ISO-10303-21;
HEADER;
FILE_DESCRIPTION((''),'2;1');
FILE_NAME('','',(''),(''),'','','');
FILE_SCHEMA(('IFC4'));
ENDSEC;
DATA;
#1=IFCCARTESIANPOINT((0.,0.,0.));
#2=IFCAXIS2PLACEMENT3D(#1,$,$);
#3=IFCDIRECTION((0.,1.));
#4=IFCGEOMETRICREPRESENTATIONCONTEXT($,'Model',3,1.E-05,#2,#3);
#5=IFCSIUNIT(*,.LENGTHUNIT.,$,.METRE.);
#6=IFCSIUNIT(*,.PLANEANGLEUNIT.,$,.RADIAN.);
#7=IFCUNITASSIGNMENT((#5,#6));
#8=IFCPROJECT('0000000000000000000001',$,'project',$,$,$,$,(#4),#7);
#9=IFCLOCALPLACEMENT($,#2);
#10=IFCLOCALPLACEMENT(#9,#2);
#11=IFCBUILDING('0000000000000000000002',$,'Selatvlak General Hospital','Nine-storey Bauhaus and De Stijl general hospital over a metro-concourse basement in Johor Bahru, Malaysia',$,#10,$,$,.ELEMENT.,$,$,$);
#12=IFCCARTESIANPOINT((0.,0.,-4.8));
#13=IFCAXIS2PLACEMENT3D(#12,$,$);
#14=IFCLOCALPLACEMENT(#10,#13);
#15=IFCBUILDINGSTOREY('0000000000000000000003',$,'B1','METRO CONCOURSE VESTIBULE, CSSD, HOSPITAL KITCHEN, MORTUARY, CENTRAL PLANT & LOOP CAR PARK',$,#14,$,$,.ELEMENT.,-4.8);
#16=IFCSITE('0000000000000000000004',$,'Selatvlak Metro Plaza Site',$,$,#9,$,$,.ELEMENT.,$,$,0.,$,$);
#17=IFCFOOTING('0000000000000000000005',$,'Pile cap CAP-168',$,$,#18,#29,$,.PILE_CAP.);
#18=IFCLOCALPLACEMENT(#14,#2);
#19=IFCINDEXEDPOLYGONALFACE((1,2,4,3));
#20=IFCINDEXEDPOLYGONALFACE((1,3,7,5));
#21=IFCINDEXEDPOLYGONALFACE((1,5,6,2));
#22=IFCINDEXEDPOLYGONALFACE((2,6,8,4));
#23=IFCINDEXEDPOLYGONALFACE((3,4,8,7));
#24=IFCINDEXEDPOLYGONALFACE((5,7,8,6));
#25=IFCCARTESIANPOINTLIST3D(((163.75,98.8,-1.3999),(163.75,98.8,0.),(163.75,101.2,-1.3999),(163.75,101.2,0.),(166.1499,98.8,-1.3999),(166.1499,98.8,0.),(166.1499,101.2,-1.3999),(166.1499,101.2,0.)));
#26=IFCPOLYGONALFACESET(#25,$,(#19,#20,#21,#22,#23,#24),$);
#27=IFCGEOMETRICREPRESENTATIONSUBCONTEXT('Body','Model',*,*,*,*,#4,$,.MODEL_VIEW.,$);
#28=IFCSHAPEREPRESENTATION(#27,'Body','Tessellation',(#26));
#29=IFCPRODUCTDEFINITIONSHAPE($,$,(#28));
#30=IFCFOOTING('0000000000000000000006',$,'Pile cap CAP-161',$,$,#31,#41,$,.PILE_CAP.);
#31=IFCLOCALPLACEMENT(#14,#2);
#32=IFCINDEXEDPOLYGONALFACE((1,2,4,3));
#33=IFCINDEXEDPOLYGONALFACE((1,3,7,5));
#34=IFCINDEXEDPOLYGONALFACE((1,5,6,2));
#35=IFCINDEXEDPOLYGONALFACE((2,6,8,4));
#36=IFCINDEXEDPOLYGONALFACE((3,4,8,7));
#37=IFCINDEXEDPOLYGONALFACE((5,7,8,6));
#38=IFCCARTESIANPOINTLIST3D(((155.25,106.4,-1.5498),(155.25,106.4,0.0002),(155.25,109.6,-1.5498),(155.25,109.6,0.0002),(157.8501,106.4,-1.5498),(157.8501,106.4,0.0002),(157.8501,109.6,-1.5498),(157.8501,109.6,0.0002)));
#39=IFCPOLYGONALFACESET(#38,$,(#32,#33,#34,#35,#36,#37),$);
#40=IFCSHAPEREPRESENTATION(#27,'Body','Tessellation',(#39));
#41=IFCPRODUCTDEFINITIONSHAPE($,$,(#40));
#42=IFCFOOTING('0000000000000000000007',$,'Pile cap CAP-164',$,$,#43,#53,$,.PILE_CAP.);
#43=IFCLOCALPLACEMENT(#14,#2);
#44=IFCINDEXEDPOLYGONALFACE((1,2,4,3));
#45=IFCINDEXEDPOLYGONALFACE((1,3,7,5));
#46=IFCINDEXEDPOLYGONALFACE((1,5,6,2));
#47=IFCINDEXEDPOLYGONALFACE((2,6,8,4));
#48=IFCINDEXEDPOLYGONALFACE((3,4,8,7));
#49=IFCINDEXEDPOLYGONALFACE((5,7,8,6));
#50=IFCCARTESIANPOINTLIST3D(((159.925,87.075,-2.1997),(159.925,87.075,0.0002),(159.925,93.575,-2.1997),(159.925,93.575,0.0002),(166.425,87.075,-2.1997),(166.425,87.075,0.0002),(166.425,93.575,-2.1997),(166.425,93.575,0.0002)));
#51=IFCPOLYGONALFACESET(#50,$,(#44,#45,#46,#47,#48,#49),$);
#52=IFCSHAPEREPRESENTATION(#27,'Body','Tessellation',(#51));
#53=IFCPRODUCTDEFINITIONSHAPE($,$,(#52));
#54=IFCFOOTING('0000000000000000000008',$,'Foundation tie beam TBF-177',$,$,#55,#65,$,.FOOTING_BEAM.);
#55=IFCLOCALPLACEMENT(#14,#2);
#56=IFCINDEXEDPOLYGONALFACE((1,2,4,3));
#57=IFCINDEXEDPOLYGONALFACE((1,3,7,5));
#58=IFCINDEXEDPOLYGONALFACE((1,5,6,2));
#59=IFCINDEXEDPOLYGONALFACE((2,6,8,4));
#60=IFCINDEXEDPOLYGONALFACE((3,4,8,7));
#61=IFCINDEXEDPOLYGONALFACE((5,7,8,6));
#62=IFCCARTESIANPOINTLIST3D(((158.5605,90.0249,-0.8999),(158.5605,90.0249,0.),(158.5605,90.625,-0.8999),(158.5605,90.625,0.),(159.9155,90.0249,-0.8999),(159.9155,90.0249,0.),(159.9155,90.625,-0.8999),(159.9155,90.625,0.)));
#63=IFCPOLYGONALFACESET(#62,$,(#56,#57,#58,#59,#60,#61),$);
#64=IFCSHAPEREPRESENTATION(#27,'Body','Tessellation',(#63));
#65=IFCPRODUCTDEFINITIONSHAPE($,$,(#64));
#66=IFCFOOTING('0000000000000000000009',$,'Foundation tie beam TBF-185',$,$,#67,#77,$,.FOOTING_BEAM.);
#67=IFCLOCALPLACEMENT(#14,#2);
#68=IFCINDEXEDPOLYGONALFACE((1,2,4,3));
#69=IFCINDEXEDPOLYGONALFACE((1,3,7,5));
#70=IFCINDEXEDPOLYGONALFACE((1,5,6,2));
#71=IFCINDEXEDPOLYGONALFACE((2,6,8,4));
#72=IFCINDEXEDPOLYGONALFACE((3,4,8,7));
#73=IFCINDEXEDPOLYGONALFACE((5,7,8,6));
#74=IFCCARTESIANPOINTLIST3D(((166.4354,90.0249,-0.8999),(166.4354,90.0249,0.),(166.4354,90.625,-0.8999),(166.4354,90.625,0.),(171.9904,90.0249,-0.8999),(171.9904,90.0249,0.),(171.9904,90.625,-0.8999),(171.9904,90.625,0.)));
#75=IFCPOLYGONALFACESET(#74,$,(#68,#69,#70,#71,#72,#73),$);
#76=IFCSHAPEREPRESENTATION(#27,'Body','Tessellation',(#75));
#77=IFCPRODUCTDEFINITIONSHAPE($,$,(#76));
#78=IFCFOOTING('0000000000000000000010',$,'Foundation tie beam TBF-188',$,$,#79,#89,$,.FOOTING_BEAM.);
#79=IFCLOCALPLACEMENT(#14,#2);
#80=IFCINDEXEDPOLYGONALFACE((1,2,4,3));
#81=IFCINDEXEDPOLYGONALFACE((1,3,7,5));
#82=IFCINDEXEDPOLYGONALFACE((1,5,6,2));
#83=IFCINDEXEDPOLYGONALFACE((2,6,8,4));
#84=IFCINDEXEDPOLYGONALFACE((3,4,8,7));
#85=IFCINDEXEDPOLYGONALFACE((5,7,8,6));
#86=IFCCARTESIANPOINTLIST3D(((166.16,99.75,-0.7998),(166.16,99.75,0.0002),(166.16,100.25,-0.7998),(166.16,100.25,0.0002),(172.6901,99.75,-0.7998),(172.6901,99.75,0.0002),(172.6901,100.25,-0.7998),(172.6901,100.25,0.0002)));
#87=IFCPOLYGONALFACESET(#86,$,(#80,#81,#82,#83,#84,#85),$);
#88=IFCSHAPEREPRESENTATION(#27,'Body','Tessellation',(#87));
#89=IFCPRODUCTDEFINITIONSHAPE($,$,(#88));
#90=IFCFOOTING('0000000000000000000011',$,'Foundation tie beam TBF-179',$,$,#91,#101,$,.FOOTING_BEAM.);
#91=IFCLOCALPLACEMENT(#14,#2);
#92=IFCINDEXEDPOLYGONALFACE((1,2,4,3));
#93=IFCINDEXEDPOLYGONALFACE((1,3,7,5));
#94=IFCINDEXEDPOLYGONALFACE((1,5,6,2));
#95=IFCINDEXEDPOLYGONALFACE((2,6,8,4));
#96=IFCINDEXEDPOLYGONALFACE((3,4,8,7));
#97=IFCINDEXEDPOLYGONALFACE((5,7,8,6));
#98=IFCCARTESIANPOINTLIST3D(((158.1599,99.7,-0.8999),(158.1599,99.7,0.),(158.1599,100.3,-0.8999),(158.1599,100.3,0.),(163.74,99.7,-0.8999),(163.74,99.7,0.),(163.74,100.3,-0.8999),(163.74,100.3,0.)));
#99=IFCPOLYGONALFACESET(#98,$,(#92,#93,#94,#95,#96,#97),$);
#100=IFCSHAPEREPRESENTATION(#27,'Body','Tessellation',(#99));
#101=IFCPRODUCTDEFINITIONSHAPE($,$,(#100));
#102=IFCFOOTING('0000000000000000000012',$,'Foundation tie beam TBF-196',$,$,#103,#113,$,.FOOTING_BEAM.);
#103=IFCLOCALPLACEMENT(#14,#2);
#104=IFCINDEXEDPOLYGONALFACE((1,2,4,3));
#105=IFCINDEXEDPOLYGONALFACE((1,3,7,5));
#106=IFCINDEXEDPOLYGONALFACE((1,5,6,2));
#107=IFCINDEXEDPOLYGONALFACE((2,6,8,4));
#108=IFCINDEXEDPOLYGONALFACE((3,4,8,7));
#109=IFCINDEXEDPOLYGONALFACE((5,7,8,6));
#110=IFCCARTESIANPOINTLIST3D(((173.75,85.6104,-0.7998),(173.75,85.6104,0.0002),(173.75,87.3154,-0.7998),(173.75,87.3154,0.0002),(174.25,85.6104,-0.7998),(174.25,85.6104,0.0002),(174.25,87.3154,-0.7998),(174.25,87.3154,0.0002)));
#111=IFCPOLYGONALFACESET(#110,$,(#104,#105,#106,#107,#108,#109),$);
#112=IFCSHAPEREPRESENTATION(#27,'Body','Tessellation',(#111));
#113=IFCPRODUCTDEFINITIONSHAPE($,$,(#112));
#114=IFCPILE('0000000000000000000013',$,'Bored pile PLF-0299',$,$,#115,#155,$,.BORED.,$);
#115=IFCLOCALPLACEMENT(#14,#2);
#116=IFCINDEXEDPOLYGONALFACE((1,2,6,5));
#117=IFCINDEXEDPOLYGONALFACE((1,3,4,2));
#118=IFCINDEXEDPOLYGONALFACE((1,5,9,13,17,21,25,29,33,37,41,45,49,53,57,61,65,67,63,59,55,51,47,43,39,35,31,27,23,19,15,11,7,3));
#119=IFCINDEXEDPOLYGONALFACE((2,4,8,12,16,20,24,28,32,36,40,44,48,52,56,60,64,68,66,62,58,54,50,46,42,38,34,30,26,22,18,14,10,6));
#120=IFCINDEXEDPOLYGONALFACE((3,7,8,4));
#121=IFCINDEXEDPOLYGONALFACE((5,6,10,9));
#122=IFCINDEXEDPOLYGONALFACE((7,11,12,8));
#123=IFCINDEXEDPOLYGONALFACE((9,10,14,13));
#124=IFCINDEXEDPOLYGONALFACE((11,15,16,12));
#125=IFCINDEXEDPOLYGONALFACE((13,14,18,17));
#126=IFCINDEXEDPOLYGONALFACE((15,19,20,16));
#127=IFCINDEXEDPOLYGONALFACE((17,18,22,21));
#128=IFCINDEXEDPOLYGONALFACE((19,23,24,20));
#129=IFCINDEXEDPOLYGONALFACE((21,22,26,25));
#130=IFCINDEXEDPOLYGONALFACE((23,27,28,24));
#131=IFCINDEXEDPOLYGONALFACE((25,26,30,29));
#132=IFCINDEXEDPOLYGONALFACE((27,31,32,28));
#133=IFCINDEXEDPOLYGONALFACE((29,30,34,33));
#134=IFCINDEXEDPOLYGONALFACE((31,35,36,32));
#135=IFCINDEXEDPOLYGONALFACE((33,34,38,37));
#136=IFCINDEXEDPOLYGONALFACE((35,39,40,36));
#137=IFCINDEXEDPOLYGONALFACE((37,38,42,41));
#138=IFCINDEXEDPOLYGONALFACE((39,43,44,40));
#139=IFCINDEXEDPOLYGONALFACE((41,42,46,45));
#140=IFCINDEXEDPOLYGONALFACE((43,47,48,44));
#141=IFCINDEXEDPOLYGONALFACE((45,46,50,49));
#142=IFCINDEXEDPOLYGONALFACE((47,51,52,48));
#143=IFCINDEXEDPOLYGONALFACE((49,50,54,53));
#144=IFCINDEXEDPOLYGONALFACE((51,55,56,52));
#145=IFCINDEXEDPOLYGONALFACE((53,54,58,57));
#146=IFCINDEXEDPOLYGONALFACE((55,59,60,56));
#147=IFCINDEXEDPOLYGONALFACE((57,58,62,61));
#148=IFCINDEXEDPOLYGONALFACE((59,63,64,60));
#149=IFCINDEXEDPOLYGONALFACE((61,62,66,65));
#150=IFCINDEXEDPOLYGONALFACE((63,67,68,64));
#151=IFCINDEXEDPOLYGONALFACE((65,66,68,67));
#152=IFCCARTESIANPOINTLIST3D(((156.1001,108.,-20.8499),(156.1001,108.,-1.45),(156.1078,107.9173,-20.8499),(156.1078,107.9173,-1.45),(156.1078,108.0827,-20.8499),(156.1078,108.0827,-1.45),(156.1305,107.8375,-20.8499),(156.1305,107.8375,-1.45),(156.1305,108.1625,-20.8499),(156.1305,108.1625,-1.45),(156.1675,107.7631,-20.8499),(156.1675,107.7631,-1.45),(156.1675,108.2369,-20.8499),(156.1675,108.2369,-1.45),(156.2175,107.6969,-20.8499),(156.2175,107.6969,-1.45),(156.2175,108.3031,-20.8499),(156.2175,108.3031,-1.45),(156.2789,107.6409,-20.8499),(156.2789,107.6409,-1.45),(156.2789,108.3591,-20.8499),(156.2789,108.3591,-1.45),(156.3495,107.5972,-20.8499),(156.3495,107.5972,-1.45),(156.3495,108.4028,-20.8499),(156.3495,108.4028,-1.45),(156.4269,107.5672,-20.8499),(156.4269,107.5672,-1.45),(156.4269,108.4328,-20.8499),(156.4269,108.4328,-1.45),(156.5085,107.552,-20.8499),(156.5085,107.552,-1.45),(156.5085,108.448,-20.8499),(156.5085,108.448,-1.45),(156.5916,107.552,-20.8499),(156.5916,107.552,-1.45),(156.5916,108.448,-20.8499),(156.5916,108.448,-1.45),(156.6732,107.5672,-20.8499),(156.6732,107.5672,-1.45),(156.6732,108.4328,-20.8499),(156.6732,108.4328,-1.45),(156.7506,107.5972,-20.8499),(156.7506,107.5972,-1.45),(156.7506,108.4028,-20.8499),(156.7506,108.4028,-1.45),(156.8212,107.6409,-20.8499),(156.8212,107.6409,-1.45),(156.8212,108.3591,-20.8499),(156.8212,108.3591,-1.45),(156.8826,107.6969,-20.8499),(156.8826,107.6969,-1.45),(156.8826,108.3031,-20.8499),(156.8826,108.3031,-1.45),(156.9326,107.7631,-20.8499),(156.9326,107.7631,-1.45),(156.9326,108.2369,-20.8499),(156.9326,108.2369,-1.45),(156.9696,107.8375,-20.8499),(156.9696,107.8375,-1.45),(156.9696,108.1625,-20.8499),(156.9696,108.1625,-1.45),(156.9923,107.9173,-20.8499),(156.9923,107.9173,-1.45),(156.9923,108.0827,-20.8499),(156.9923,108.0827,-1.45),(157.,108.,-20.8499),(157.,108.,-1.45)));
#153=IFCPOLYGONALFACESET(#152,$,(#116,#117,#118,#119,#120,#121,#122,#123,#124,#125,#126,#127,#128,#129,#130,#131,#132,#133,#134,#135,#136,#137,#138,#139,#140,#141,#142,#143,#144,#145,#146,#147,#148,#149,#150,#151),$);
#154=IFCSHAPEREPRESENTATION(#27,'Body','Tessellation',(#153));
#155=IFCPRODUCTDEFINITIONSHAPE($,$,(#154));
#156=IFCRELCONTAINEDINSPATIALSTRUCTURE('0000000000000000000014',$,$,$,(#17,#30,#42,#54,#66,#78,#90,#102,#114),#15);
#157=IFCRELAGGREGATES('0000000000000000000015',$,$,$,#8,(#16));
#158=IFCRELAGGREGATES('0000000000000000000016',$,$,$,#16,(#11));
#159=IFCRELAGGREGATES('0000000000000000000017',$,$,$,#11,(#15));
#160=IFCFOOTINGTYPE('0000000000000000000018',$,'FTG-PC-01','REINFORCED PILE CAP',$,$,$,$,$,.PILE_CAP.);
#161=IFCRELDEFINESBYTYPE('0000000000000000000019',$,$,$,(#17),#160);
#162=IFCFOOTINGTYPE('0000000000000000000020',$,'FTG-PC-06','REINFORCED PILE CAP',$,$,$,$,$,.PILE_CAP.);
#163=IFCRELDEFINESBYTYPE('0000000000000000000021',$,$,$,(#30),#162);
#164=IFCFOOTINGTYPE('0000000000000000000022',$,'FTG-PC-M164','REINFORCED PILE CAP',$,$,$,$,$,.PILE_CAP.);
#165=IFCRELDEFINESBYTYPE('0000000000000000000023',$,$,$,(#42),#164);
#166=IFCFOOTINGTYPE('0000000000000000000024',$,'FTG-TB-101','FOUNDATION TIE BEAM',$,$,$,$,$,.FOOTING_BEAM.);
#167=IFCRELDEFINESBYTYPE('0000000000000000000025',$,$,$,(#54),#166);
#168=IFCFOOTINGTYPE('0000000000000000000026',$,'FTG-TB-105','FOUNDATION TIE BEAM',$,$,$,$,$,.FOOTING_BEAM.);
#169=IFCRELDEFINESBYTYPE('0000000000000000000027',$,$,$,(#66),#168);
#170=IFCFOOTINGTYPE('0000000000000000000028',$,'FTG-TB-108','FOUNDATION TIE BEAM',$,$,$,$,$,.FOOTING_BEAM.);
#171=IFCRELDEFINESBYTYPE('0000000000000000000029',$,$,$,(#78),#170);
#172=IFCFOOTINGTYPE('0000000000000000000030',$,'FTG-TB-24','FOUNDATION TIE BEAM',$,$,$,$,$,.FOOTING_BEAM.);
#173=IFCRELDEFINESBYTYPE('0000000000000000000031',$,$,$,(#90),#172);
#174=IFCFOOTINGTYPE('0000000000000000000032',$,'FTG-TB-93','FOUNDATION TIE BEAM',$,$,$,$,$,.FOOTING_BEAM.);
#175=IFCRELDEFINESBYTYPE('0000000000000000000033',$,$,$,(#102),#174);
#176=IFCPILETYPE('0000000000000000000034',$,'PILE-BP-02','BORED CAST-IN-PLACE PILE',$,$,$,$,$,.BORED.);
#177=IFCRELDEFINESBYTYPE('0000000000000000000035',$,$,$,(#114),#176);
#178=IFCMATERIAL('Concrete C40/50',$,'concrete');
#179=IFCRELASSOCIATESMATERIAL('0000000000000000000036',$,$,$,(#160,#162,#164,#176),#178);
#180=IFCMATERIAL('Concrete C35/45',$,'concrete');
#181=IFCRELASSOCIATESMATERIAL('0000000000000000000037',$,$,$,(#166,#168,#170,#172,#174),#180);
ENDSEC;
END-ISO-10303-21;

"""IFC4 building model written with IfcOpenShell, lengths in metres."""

from ifc_helpers import new_model, si_unit, direction, frame, origin, origin_2d, place, context, subcontext, project, spatial, rectangle, circle, extrude, material, material_profile, profile_set, type_object, element, save


model = new_model("IFC4")

# Units and contexts
model_context = context("Model", 3, precision=1e-05, world=origin(), true_north=direction((0.0, 1.0)))
body_context = subcontext(model_context, "Body", "Model", "MODEL_VIEW")
ifc_project = project(units=[si_unit("LENGTHUNIT", "METRE"), si_unit("PLANEANGLEUNIT", "RADIAN")], contexts=[model_context])

# Site, building, storey
site_placement = place(None, origin())
site = spatial("IfcSite", under=ifc_project, at=site_placement, Name="Selatvlak Metro Plaza Site", CompositionType="ELEMENT", RefElevation=0.0)
building_placement = place(site_placement, origin())
building = spatial("IfcBuilding", under=site, at=building_placement, Name="Selatvlak General Hospital", Description="Nine-storey Bauhaus and De Stijl general hospital over a metro-concourse basement in Johor Bahru, Malaysia", CompositionType="ELEMENT")
storey_placement = place(building_placement, frame((0.0, 0.0, -4.8)))
storey = spatial("IfcBuildingStorey", under=building, at=storey_placement, Name="B1", Description="METRO CONCOURSE VESTIBULE, CSSD, HOSPITAL KITCHEN, MORTUARY, CENTRAL PLANT & LOOP CAR PARK", CompositionType="ELEMENT", Elevation=-4.8)

# Footings
ifc_material_1 = material(Name="Concrete C40/50", Category="concrete")
footing_type_1 = type_object("IfcFootingType", Name="FTG-PC-01", Description="REINFORCED PILE CAP", PredefinedType="PILE_CAP", material=ifc_material_1)
footing_1_placement = place(storey_placement, frame((164.95, 100.0, -1.3999), z_axis=(0.0, 0.0, 1.0), x_axis=(1.0, 0.0, 0.0)))
element("IfcFooting", 1, at=footing_1_placement, inside=storey, type_object=footing_type_1, Name="Pile cap CAP-168", PredefinedType="PILE_CAP", context=body_context, shape_type="SweptSolid", body=[
    extrude(rectangle(XDim=2.3999, YDim=2.3999, at=origin_2d()), origin(), (0.0, 0.0, 1.0), 1.3999),
])
footing_type_2 = type_object("IfcFootingType", Name="FTG-PC-06", Description="REINFORCED PILE CAP", PredefinedType="PILE_CAP", material=ifc_material_1)
footing_2_placement = place(storey_placement, frame((156.55, 108.0, -1.5498), z_axis=(0.0, 0.0, 1.0), x_axis=(1.0, 0.0, 0.0)))
element("IfcFooting", 2, at=footing_2_placement, inside=storey, type_object=footing_type_2, Name="Pile cap CAP-161", PredefinedType="PILE_CAP", context=body_context, shape_type="SweptSolid", body=[
    extrude(rectangle(XDim=2.6001, YDim=3.2, at=origin_2d()), origin(), (0.0, 0.0, 1.0), 1.55),
])
footing_type_3 = type_object("IfcFootingType", Name="FTG-PC-M164", Description="REINFORCED PILE CAP", PredefinedType="PILE_CAP", material=ifc_material_1)
footing_3_placement = place(storey_placement, frame((163.175, 90.325, -2.1997), z_axis=(0.0, 0.0, 1.0), x_axis=(1.0, 0.0, 0.0)))
element("IfcFooting", 3, at=footing_3_placement, inside=storey, type_object=footing_type_3, Name="Pile cap CAP-164", PredefinedType="PILE_CAP", context=body_context, shape_type="SweptSolid", body=[
    extrude(rectangle(XDim=6.5, YDim=6.5, at=origin_2d()), origin(), (0.0, 0.0, 1.0), 2.2),
])
ifc_material_2 = material(Name="Concrete C35/45", Category="concrete")
footing_type_4 = type_object("IfcFootingType", Name="FTG-TB-101", Description="FOUNDATION TIE BEAM", PredefinedType="FOOTING_BEAM", material=ifc_material_2)
footing_4_placement = place(storey_placement, frame((159.238, 90.325, -0.8999), z_axis=(0.0, 0.0, 1.0), x_axis=(1.0, 0.0, 0.0)))
element("IfcFooting", 4, at=footing_4_placement, inside=storey, type_object=footing_type_4, Name="Foundation tie beam TBF-177", PredefinedType="FOOTING_BEAM", context=body_context, shape_type="SweptSolid", body=[
    extrude(rectangle(XDim=1.355, YDim=0.6001, at=origin_2d()), origin(), (0.0, 0.0, 1.0), 0.8999),
])
footing_type_5 = type_object("IfcFootingType", Name="FTG-TB-105", Description="FOUNDATION TIE BEAM", PredefinedType="FOOTING_BEAM", material=ifc_material_2)
footing_5_placement = place(storey_placement, frame((169.2129, 90.325, -0.8999), z_axis=(0.0, 0.0, 1.0), x_axis=(1.0, 0.0, 0.0)))
element("IfcFooting", 5, at=footing_5_placement, inside=storey, type_object=footing_type_5, Name="Foundation tie beam TBF-185", PredefinedType="FOOTING_BEAM", context=body_context, shape_type="SweptSolid", body=[
    extrude(rectangle(XDim=5.5549, YDim=0.6001, at=origin_2d()), origin(), (0.0, 0.0, 1.0), 0.8999),
])
footing_type_6 = type_object("IfcFootingType", Name="FTG-TB-108", Description="FOUNDATION TIE BEAM", PredefinedType="FOOTING_BEAM", material=ifc_material_2)
footing_6_placement = place(storey_placement, frame((169.425, 100.0, -0.7998), z_axis=(0.0, 0.0, 1.0), x_axis=(1.0, 0.0, 0.0)))
element("IfcFooting", 6, at=footing_6_placement, inside=storey, type_object=footing_type_6, Name="Foundation tie beam TBF-188", PredefinedType="FOOTING_BEAM", context=body_context, shape_type="SweptSolid", body=[
    extrude(rectangle(XDim=6.53, YDim=0.5, at=origin_2d()), origin(), (0.0, 0.0, 1.0), 0.8),
])
footing_type_7 = type_object("IfcFootingType", Name="FTG-TB-24", Description="FOUNDATION TIE BEAM", PredefinedType="FOOTING_BEAM", material=ifc_material_2)
footing_7_placement = place(storey_placement, frame((160.95, 100.0, -0.8999), z_axis=(0.0, 0.0, 1.0), x_axis=(1.0, 0.0, 0.0)))
element("IfcFooting", 7, at=footing_7_placement, inside=storey, type_object=footing_type_7, Name="Foundation tie beam TBF-179", PredefinedType="FOOTING_BEAM", context=body_context, shape_type="SweptSolid", body=[
    extrude(rectangle(XDim=5.5801, YDim=0.6001, at=origin_2d()), origin(), (0.0, 0.0, 1.0), 0.8999),
])
footing_type_8 = type_object("IfcFootingType", Name="FTG-TB-93", Description="FOUNDATION TIE BEAM", PredefinedType="FOOTING_BEAM", material=ifc_material_2)
footing_8_placement = place(storey_placement, frame((174.0, 86.4629, -0.7998), z_axis=(0.0, 0.0, 1.0), x_axis=(0.0, 1.0, 0.0)))
element("IfcFooting", 8, at=footing_8_placement, inside=storey, type_object=footing_type_8, Name="Foundation tie beam TBF-196", PredefinedType="FOOTING_BEAM", context=body_context, shape_type="SweptSolid", body=[
    extrude(rectangle(XDim=1.7051, YDim=0.5, at=origin_2d()), origin(), (0.0, 0.0, 1.0), 0.8),
])

# Pile
ifc_material_profile_1 = material_profile(ifc_material_1, circle(Radius=0.45, at=origin_2d()), Name="BORED PILE 900")
ifc_profile_set_1 = profile_set([ifc_material_profile_1], Name="Concrete C40/50")
pile_type_1 = type_object("IfcPileType", Name="PILE-BP-02", Description="BORED CAST-IN-PLACE PILE", PredefinedType="BORED", material=ifc_profile_set_1)
pile_1_placement = place(storey_placement, frame((156.55, 108.0, -1.45), z_axis=(0.0, 0.0, -1.0), x_axis=(1.0, 0.0, 0.0)))
element("IfcPile", 9, at=pile_1_placement, inside=storey, type_object=pile_type_1, Name="Bored pile PLF-0299", PredefinedType="BORED", context=body_context, shape_type="SweptSolid", body=[
    extrude(circle(Radius=0.45, at=origin_2d()), origin(), (0.0, 0.0, 1.0), 19.3999),
])

save(model, "model.ifc")
